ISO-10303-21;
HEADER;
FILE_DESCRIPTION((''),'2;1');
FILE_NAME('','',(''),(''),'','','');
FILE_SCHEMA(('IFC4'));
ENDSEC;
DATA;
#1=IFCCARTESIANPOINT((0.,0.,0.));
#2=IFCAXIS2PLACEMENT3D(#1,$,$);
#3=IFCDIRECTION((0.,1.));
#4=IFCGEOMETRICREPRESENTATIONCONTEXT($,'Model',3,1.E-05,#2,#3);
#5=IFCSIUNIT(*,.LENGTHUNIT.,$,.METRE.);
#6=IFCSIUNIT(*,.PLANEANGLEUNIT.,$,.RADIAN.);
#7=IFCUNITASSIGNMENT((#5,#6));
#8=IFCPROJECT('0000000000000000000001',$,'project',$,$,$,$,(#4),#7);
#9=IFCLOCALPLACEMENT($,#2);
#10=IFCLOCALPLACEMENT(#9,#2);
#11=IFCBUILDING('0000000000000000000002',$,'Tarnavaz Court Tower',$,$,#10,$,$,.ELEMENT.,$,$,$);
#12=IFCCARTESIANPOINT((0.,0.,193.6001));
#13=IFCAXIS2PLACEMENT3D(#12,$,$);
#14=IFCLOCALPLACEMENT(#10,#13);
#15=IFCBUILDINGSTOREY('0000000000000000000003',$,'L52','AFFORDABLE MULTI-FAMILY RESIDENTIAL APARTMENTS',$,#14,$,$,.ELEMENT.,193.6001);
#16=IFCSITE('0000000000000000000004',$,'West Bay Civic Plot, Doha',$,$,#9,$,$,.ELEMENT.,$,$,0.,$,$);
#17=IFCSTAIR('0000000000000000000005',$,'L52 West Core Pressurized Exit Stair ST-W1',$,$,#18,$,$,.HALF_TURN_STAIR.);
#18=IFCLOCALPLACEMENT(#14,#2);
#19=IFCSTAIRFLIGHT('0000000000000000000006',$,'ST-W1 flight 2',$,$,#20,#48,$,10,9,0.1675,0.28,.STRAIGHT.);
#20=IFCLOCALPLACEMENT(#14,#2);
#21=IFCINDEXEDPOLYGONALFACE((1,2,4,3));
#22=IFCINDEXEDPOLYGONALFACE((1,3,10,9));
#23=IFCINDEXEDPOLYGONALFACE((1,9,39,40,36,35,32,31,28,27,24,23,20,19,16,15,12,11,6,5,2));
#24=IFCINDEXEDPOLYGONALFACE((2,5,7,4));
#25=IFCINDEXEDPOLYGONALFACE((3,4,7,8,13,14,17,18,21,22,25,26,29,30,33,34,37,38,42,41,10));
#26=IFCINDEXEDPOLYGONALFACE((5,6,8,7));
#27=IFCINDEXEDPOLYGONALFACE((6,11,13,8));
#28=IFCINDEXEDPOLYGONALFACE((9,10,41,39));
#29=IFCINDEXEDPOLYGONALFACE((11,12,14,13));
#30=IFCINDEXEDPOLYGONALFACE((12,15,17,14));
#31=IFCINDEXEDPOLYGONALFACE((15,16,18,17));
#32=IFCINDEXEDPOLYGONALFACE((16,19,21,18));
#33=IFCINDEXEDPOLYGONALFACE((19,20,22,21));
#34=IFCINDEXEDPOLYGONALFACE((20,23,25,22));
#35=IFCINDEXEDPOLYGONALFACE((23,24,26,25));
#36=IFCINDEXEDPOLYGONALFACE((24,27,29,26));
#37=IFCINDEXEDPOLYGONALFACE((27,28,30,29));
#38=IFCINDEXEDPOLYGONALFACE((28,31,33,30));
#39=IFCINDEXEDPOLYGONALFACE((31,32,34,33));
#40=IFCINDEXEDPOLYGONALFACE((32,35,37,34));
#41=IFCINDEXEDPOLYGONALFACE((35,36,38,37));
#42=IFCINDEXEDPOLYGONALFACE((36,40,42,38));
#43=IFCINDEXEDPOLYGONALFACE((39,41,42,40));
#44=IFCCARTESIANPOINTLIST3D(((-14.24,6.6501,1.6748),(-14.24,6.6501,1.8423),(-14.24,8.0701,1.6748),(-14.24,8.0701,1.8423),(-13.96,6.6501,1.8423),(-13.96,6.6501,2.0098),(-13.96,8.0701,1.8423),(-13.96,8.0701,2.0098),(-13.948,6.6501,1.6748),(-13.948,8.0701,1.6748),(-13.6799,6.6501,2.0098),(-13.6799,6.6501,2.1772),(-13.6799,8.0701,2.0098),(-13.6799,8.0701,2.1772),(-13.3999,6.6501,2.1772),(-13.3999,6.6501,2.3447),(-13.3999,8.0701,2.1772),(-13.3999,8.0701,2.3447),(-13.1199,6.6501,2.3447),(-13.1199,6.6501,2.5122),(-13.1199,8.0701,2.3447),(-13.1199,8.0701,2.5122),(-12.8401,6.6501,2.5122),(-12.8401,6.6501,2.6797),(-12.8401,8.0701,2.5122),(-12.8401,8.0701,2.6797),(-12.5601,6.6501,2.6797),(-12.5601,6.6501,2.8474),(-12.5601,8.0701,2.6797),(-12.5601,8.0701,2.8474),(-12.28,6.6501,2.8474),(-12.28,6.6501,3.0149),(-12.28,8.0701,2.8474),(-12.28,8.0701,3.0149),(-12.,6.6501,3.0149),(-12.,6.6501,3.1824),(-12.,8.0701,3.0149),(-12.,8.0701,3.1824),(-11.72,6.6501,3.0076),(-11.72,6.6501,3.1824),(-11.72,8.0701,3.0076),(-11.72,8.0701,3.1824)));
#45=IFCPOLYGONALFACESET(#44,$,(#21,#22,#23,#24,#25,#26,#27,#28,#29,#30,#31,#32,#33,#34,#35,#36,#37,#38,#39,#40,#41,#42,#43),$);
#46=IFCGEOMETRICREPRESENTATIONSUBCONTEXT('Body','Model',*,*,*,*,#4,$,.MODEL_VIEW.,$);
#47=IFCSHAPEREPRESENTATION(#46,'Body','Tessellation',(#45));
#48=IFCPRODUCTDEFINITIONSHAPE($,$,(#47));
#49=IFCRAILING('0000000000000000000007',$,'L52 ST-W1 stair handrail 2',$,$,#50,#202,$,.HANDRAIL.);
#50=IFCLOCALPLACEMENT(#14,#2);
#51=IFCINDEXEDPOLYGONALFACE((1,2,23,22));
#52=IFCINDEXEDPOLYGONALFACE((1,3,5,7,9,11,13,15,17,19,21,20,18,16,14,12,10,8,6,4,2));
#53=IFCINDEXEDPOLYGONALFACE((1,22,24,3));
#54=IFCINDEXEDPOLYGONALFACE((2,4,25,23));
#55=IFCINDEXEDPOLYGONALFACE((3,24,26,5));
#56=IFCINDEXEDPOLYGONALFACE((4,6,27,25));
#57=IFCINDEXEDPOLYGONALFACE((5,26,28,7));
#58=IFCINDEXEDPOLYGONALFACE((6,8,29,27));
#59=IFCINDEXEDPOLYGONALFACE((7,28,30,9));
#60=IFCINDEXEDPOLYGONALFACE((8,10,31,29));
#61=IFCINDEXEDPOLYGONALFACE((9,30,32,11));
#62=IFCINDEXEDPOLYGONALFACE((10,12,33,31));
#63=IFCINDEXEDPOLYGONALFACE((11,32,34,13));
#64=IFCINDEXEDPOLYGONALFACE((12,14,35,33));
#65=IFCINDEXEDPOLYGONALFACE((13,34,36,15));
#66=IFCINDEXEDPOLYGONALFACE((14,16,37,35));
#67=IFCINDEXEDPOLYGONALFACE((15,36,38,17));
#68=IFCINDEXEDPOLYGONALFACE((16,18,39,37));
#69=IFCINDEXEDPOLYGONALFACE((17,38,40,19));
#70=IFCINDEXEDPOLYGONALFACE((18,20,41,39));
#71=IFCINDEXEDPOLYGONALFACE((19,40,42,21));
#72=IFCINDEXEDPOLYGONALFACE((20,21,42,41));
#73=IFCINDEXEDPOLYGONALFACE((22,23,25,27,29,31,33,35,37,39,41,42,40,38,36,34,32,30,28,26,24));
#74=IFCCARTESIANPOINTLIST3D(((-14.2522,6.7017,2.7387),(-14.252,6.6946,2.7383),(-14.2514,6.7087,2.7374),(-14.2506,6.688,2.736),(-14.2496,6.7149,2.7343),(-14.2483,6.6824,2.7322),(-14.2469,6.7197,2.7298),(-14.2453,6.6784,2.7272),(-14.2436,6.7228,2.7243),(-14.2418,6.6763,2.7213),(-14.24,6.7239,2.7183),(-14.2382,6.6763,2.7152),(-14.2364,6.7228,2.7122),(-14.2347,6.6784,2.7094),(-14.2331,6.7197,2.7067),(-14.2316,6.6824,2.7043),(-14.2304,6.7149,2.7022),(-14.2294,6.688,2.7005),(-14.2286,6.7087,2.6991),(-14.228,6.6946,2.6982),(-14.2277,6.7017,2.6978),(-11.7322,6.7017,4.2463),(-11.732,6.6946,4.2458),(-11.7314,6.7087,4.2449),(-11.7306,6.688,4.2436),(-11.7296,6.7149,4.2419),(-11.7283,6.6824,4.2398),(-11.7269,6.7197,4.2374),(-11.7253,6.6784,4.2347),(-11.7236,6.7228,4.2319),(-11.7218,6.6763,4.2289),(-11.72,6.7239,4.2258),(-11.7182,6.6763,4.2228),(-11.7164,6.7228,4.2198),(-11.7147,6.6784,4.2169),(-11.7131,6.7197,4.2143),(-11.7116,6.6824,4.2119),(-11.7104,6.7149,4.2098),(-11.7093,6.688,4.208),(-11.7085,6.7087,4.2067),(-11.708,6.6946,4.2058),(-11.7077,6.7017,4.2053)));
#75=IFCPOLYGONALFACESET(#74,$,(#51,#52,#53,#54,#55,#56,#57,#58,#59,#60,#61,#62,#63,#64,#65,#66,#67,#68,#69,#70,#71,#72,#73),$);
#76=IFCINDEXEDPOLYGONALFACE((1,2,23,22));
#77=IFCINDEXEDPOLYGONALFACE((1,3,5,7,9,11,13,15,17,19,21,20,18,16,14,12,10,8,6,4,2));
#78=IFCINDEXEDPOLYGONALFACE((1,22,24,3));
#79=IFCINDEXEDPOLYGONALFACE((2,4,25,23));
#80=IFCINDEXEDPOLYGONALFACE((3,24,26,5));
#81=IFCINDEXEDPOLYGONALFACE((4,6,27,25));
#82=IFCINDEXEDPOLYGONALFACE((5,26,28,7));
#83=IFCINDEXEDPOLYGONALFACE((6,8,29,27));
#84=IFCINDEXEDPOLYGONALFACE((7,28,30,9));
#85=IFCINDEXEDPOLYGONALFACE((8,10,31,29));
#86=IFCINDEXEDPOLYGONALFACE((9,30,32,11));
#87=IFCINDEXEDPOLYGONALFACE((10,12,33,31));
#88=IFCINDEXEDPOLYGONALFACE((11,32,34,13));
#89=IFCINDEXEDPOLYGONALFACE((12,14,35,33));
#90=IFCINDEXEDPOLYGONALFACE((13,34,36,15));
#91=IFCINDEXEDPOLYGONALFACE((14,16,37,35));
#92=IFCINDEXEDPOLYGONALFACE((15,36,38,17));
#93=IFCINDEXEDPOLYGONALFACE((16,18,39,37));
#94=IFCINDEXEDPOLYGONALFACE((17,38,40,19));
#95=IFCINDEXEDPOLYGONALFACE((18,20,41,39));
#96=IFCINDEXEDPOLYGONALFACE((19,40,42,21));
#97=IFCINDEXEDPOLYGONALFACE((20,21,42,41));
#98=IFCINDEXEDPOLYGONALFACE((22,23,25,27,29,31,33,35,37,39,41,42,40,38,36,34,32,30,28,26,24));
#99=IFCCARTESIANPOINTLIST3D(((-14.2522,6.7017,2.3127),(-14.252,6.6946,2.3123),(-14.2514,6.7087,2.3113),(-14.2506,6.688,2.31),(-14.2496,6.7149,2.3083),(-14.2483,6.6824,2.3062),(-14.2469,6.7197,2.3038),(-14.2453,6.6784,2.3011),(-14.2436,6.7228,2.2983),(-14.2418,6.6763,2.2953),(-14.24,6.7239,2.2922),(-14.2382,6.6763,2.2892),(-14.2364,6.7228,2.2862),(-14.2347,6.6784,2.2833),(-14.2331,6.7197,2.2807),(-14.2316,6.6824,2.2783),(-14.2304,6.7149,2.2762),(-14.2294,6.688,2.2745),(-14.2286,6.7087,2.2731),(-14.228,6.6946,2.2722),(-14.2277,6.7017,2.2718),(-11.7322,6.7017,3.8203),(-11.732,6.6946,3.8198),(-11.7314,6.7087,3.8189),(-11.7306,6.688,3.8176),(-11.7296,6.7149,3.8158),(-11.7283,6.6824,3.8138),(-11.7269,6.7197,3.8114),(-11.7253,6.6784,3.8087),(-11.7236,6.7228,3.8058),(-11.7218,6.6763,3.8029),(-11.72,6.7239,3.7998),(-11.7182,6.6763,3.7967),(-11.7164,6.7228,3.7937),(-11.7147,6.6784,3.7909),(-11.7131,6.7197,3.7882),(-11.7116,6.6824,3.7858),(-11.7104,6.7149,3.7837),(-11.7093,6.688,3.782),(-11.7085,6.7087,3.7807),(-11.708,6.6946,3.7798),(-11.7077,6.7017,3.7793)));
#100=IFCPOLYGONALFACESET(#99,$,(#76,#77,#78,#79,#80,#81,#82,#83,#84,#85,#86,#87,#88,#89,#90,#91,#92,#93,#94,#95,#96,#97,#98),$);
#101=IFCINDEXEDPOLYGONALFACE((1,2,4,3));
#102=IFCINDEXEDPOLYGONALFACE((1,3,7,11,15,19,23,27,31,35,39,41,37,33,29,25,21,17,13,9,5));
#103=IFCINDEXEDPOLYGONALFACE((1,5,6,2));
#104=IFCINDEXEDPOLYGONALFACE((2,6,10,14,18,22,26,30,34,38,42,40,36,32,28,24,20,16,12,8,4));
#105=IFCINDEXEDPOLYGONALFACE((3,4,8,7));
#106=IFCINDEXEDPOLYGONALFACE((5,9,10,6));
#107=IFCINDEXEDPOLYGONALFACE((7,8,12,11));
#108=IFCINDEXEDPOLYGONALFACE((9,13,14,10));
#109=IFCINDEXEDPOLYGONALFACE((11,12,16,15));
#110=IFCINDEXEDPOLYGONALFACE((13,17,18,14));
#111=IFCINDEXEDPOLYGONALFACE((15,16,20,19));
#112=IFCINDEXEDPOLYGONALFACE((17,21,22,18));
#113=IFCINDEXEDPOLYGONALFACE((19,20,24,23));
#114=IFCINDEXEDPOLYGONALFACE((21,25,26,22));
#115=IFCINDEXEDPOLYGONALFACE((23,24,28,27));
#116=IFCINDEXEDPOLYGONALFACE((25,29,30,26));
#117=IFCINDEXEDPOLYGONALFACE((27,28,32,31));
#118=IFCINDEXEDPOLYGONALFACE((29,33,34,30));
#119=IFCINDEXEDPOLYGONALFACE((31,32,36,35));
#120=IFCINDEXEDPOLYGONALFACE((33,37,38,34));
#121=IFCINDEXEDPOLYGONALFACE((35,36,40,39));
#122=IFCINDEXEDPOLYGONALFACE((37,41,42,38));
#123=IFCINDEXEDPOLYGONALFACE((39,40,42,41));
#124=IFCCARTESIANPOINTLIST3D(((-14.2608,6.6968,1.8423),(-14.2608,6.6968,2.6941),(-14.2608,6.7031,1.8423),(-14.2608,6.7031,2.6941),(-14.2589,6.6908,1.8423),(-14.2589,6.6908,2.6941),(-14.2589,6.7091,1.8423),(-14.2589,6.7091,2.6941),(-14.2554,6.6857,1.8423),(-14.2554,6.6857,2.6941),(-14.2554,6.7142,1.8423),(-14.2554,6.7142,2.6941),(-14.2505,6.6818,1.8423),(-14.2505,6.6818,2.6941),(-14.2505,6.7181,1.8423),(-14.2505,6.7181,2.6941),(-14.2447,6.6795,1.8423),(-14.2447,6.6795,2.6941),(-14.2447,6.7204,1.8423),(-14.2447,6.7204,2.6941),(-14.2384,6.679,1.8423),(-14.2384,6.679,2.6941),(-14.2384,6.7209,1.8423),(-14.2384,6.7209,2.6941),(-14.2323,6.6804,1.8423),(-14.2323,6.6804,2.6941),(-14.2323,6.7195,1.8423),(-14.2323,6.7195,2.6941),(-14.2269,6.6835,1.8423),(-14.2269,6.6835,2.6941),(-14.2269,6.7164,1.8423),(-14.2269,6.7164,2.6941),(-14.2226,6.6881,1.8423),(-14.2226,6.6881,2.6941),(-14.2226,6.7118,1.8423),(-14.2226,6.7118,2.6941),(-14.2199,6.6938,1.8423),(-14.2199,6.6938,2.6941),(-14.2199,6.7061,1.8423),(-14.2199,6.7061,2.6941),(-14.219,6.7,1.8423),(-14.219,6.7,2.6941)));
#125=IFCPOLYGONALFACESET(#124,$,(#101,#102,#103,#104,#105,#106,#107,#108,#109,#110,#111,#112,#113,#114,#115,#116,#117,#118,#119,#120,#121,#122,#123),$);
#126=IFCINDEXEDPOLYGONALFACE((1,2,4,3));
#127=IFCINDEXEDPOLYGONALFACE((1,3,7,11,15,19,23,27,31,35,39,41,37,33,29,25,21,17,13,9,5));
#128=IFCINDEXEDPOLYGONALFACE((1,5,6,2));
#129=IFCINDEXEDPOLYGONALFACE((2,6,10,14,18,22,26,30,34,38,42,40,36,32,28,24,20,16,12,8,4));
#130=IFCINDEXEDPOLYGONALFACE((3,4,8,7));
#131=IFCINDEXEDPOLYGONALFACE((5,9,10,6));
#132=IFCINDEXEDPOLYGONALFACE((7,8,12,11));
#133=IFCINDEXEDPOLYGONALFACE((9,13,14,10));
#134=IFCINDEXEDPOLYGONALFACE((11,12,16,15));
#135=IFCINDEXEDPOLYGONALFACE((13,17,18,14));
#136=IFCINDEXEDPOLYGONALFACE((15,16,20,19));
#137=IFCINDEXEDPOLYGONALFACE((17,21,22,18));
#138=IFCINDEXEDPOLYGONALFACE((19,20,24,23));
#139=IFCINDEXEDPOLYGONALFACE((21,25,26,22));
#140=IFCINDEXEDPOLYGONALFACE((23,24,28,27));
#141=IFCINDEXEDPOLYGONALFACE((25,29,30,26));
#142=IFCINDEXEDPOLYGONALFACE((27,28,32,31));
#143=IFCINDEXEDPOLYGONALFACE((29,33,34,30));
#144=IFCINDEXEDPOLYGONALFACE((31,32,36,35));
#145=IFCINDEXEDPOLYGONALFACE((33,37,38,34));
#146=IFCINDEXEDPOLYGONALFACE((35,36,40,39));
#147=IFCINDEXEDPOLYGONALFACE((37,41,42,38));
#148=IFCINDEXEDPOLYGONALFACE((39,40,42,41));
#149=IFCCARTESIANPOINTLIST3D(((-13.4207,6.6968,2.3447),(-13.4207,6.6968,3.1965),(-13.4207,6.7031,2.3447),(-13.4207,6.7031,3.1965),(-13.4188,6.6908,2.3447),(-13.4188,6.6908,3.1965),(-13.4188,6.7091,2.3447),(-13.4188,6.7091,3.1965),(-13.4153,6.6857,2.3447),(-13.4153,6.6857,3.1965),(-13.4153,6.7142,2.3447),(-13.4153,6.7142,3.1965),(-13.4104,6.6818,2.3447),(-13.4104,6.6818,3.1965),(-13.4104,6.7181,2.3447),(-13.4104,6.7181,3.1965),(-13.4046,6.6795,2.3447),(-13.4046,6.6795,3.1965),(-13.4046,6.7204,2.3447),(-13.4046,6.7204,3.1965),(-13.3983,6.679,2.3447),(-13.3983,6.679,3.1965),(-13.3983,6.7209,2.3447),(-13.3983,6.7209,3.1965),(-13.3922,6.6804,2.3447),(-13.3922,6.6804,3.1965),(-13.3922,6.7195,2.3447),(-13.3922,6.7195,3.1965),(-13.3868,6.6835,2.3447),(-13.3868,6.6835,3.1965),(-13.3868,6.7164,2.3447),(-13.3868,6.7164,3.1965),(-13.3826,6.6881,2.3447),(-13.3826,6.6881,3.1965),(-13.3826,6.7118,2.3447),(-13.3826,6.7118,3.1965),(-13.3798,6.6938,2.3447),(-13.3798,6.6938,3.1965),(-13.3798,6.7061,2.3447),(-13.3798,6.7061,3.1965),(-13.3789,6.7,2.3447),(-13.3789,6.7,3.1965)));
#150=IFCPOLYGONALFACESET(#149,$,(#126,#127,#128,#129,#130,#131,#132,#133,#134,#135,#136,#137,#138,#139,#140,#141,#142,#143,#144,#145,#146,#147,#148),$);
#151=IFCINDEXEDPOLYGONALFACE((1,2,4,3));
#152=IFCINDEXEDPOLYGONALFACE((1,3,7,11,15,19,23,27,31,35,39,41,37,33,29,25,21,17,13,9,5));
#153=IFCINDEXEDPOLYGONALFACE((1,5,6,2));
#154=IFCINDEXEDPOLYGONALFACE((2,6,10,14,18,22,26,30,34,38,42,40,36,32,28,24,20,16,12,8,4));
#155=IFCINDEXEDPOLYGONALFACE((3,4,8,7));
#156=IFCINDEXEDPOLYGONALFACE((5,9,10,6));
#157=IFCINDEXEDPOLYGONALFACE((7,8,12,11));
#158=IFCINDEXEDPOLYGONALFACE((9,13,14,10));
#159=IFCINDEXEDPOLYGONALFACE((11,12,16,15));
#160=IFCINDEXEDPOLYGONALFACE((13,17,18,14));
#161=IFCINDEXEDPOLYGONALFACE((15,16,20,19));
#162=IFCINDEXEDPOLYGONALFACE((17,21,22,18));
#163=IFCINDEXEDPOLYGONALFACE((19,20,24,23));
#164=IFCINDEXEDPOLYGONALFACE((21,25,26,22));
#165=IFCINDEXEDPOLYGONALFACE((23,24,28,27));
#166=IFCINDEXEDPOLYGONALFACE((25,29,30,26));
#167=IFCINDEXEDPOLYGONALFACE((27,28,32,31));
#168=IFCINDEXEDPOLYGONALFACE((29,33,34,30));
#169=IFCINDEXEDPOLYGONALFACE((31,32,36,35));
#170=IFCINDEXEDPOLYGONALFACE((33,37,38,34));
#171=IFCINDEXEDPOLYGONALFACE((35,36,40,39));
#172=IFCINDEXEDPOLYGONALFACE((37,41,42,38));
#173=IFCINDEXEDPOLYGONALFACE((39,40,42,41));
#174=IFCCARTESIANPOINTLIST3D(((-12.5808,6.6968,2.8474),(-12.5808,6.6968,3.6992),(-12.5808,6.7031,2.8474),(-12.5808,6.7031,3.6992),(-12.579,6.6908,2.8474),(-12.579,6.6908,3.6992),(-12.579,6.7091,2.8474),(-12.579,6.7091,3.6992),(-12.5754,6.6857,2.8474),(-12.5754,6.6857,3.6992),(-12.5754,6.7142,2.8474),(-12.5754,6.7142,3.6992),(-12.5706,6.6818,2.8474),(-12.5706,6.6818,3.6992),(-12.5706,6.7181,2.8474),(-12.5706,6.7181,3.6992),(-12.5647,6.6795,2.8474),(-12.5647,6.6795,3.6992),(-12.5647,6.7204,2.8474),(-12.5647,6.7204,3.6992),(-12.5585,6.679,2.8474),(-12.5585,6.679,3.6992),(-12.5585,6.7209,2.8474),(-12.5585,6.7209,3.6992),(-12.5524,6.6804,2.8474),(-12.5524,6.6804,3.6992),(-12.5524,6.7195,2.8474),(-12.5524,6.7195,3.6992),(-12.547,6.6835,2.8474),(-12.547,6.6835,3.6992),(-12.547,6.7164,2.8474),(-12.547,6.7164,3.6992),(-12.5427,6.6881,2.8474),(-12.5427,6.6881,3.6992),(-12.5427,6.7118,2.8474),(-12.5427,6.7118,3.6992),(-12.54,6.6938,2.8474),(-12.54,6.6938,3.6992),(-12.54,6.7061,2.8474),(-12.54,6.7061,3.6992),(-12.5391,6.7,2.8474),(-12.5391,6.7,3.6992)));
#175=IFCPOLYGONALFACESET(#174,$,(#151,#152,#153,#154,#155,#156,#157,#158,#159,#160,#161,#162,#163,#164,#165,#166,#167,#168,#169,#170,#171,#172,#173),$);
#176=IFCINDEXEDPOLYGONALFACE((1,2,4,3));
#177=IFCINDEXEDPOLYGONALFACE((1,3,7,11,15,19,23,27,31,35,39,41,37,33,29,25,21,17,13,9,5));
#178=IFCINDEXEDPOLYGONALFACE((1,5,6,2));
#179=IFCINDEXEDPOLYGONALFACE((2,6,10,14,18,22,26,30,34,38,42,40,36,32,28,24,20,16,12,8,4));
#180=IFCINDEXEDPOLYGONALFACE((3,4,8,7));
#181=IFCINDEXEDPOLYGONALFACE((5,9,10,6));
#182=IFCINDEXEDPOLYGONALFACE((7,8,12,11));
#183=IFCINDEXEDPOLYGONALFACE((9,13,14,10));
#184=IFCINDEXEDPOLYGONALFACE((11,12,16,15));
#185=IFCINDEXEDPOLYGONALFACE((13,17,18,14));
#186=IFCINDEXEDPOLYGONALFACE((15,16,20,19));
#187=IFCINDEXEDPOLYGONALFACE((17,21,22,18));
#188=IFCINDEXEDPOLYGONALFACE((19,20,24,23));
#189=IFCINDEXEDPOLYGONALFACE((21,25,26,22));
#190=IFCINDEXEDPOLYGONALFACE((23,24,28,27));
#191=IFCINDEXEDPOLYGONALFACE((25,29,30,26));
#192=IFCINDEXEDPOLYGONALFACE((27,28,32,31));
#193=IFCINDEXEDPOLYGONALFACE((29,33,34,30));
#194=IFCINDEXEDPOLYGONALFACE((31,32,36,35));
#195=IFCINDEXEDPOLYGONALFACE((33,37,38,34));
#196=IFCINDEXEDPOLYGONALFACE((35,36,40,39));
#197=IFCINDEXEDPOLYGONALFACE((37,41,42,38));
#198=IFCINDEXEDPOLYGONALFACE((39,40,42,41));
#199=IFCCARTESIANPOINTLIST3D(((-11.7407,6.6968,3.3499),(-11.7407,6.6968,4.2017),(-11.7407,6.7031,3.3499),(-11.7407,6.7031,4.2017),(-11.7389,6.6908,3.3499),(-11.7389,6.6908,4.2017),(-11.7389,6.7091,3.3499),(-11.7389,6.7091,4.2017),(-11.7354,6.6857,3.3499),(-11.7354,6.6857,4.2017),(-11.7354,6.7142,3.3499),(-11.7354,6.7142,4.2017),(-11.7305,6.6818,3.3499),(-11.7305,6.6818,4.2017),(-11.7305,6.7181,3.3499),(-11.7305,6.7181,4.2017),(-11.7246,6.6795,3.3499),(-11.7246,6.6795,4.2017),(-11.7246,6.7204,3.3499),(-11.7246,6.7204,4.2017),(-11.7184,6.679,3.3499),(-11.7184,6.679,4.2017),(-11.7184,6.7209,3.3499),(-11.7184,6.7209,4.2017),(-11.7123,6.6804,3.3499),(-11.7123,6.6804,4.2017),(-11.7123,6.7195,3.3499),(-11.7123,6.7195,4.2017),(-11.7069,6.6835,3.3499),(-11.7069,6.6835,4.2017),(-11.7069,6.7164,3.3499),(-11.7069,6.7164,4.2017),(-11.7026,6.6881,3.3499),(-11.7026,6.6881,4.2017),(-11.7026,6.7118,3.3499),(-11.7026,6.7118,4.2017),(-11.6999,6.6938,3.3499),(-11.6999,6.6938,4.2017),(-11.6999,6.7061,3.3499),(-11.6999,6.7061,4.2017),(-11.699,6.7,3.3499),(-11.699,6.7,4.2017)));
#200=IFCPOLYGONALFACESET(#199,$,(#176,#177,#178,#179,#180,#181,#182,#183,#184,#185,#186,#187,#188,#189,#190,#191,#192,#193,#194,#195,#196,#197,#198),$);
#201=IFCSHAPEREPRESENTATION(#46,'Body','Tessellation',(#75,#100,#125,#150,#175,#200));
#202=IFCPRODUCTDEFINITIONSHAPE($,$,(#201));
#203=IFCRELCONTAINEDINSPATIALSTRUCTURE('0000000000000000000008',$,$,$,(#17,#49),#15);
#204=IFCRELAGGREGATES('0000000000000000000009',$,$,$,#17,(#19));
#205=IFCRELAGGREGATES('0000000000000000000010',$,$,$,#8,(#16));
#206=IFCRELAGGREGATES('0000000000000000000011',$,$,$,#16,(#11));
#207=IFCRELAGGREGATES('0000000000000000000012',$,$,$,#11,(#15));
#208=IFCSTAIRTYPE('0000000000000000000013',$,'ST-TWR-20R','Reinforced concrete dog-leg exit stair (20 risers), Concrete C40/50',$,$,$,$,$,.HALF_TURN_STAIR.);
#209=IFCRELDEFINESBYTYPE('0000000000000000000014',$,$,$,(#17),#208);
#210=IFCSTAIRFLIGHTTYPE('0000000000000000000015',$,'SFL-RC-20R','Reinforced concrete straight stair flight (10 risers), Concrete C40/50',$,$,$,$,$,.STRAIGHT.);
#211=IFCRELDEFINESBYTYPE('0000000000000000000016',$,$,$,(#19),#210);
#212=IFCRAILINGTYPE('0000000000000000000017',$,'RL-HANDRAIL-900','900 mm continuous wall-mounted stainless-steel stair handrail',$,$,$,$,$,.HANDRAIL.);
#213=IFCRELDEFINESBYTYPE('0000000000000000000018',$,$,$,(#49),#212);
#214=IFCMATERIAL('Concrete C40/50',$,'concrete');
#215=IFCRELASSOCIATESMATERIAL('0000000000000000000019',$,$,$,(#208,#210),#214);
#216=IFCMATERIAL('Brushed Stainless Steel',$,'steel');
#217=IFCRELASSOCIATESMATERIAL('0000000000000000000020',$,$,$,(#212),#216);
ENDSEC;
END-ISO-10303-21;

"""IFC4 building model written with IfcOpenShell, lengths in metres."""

from ifc_helpers import new_model, si_unit, direction, frame, origin, origin_2d, place, context, subcontext, project, spatial, polyline, circle, outline, extrude, material, type_object, element, aggregate, save


model = new_model("IFC4")

# Units and contexts
model_context = context("Model", 3, precision=1e-05, world=origin(), true_north=direction((0.0, 1.0)))
body_context = subcontext(model_context, "Body", "Model", "MODEL_VIEW")
ifc_project = project(units=[si_unit("LENGTHUNIT", "METRE"), si_unit("PLANEANGLEUNIT", "RADIAN")], contexts=[model_context])

# Site, building, storey
site_placement = place(None, origin())
site = spatial("IfcSite", under=ifc_project, at=site_placement, Name="West Bay Civic Plot, Doha", CompositionType="ELEMENT", RefElevation=0.0)
building_placement = place(site_placement, origin())
building = spatial("IfcBuilding", under=site, at=building_placement, Name="Tarnavaz Court Tower", CompositionType="ELEMENT")
storey_placement = place(building_placement, frame((0.0, 0.0, 193.6001)))
storey = spatial("IfcBuildingStorey", under=building, at=storey_placement, Name="L52", Description="AFFORDABLE MULTI-FAMILY RESIDENTIAL APARTMENTS", CompositionType="ELEMENT", Elevation=193.6001)

# Stair, stair flight
ifc_material_1 = material(Name="Concrete C40/50", Category="concrete")
stair_type = type_object("IfcStairType", Name="ST-TWR-20R", Description="Reinforced concrete dog-leg exit stair (20 risers), Concrete C40/50", PredefinedType="HALF_TURN_STAIR", material=ifc_material_1)
stair_placement = place(storey_placement, origin())
stair = element("IfcStair", 1, at=stair_placement, inside=storey, type_object=stair_type, Name="L52 West Core Pressurized Exit Stair ST-W1", PredefinedType="HALF_TURN_STAIR")
stair_flight_type = type_object("IfcStairFlightType", Name="SFL-RC-20R", Description="Reinforced concrete straight stair flight (10 risers), Concrete C40/50", PredefinedType="STRAIGHT", material=ifc_material_1)
stair_flight_placement = place(storey_placement, frame((-14.24, 7.3601, 1.6748), z_axis=(0.0, 0.0, 1.0), x_axis=(1.0, 0.0, 0.0)))
stair_flight = element("IfcStairFlight", 2, at=stair_flight_placement, type_object=stair_flight_type, Name="ST-W1 flight 2", NumberOfRisers=10, NumberOfTreads=9, PredefinedType="STRAIGHT", RiserHeight=0.1675, TreadLength=0.28, context=body_context, shape_type="SweptSolid", body=[
    extrude(outline(polyline([(0.0, 0.0), (0.0, 0.1675), (0.28, 0.1675), (0.28, 0.335), (0.5601, 0.335), (0.5601, 0.5024), (0.8401, 0.5024), (0.8401, 0.6699), (1.1201, 0.6699), (1.1201, 0.8374), (1.3999, 0.8374), (1.3999, 1.0049), (1.6799, 1.0049), (1.6799, 1.1726), (1.96, 1.1726), (1.96, 1.3401), (2.24, 1.3401), (2.24, 1.5076), (2.52, 1.5076), (2.52, 1.675), (2.52, 1.3328), (0.292, 0.0), (0.0, 0.0)])), frame((0.0, 0.71, 0.0), z_axis=(0.0, -1.0, 0.0), x_axis=(1.0, 0.0, 0.0)), (0.0, 0.0, 1.0), 1.4199),
])
aggregate(stair, [stair_flight])

# Railing
ifc_material_2 = material(Name="Brushed Stainless Steel", Category="steel")
railing_type_1 = type_object("IfcRailingType", Name="RL-HANDRAIL-900", Description="900 mm continuous wall-mounted stainless-steel stair handrail", PredefinedType="HANDRAIL", material=ifc_material_2)
railing_1_placement = place(storey_placement, frame((-14.24, 6.7, 1.8423)))
element("IfcRailing", 3, at=railing_1_placement, inside=storey, type_object=railing_type_1, Name="L52 ST-W1 stair handrail 2", PredefinedType="HANDRAIL", context=body_context, shape_type="SweptSolid", body=[
    extrude(circle(Radius=0.0239, at=origin_2d()), frame((0.0, 0.0, 0.876), z_axis=(0.85816, 0.0, 0.513383), x_axis=(0.0, 1.0, 0.0)), (0.0, 0.0, 1.0), 2.9365),
    extrude(circle(Radius=0.0239, at=origin_2d()), frame((0.0, 0.0, 0.45), z_axis=(0.85816, 0.0, 0.513383), x_axis=(0.0, 1.0, 0.0)), (0.0, 0.0, 1.0), 2.9365),
    extrude(circle(Radius=0.021, at=origin_2d()), origin(), (0.0, 0.0, 1.0), 0.8518),
    extrude(circle(Radius=0.021, at=origin_2d()), frame((0.8401, 0.0, 0.5024)), (0.0, 0.0, 1.0), 0.8518),
    extrude(circle(Radius=0.021, at=origin_2d()), frame((1.6799, 0.0, 1.0051)), (0.0, 0.0, 1.0), 0.8518),
    extrude(circle(Radius=0.021, at=origin_2d()), frame((2.52, 0.0, 1.5076)), (0.0, 0.0, 1.0), 0.8518),
])

save(model, "model.ifc")
